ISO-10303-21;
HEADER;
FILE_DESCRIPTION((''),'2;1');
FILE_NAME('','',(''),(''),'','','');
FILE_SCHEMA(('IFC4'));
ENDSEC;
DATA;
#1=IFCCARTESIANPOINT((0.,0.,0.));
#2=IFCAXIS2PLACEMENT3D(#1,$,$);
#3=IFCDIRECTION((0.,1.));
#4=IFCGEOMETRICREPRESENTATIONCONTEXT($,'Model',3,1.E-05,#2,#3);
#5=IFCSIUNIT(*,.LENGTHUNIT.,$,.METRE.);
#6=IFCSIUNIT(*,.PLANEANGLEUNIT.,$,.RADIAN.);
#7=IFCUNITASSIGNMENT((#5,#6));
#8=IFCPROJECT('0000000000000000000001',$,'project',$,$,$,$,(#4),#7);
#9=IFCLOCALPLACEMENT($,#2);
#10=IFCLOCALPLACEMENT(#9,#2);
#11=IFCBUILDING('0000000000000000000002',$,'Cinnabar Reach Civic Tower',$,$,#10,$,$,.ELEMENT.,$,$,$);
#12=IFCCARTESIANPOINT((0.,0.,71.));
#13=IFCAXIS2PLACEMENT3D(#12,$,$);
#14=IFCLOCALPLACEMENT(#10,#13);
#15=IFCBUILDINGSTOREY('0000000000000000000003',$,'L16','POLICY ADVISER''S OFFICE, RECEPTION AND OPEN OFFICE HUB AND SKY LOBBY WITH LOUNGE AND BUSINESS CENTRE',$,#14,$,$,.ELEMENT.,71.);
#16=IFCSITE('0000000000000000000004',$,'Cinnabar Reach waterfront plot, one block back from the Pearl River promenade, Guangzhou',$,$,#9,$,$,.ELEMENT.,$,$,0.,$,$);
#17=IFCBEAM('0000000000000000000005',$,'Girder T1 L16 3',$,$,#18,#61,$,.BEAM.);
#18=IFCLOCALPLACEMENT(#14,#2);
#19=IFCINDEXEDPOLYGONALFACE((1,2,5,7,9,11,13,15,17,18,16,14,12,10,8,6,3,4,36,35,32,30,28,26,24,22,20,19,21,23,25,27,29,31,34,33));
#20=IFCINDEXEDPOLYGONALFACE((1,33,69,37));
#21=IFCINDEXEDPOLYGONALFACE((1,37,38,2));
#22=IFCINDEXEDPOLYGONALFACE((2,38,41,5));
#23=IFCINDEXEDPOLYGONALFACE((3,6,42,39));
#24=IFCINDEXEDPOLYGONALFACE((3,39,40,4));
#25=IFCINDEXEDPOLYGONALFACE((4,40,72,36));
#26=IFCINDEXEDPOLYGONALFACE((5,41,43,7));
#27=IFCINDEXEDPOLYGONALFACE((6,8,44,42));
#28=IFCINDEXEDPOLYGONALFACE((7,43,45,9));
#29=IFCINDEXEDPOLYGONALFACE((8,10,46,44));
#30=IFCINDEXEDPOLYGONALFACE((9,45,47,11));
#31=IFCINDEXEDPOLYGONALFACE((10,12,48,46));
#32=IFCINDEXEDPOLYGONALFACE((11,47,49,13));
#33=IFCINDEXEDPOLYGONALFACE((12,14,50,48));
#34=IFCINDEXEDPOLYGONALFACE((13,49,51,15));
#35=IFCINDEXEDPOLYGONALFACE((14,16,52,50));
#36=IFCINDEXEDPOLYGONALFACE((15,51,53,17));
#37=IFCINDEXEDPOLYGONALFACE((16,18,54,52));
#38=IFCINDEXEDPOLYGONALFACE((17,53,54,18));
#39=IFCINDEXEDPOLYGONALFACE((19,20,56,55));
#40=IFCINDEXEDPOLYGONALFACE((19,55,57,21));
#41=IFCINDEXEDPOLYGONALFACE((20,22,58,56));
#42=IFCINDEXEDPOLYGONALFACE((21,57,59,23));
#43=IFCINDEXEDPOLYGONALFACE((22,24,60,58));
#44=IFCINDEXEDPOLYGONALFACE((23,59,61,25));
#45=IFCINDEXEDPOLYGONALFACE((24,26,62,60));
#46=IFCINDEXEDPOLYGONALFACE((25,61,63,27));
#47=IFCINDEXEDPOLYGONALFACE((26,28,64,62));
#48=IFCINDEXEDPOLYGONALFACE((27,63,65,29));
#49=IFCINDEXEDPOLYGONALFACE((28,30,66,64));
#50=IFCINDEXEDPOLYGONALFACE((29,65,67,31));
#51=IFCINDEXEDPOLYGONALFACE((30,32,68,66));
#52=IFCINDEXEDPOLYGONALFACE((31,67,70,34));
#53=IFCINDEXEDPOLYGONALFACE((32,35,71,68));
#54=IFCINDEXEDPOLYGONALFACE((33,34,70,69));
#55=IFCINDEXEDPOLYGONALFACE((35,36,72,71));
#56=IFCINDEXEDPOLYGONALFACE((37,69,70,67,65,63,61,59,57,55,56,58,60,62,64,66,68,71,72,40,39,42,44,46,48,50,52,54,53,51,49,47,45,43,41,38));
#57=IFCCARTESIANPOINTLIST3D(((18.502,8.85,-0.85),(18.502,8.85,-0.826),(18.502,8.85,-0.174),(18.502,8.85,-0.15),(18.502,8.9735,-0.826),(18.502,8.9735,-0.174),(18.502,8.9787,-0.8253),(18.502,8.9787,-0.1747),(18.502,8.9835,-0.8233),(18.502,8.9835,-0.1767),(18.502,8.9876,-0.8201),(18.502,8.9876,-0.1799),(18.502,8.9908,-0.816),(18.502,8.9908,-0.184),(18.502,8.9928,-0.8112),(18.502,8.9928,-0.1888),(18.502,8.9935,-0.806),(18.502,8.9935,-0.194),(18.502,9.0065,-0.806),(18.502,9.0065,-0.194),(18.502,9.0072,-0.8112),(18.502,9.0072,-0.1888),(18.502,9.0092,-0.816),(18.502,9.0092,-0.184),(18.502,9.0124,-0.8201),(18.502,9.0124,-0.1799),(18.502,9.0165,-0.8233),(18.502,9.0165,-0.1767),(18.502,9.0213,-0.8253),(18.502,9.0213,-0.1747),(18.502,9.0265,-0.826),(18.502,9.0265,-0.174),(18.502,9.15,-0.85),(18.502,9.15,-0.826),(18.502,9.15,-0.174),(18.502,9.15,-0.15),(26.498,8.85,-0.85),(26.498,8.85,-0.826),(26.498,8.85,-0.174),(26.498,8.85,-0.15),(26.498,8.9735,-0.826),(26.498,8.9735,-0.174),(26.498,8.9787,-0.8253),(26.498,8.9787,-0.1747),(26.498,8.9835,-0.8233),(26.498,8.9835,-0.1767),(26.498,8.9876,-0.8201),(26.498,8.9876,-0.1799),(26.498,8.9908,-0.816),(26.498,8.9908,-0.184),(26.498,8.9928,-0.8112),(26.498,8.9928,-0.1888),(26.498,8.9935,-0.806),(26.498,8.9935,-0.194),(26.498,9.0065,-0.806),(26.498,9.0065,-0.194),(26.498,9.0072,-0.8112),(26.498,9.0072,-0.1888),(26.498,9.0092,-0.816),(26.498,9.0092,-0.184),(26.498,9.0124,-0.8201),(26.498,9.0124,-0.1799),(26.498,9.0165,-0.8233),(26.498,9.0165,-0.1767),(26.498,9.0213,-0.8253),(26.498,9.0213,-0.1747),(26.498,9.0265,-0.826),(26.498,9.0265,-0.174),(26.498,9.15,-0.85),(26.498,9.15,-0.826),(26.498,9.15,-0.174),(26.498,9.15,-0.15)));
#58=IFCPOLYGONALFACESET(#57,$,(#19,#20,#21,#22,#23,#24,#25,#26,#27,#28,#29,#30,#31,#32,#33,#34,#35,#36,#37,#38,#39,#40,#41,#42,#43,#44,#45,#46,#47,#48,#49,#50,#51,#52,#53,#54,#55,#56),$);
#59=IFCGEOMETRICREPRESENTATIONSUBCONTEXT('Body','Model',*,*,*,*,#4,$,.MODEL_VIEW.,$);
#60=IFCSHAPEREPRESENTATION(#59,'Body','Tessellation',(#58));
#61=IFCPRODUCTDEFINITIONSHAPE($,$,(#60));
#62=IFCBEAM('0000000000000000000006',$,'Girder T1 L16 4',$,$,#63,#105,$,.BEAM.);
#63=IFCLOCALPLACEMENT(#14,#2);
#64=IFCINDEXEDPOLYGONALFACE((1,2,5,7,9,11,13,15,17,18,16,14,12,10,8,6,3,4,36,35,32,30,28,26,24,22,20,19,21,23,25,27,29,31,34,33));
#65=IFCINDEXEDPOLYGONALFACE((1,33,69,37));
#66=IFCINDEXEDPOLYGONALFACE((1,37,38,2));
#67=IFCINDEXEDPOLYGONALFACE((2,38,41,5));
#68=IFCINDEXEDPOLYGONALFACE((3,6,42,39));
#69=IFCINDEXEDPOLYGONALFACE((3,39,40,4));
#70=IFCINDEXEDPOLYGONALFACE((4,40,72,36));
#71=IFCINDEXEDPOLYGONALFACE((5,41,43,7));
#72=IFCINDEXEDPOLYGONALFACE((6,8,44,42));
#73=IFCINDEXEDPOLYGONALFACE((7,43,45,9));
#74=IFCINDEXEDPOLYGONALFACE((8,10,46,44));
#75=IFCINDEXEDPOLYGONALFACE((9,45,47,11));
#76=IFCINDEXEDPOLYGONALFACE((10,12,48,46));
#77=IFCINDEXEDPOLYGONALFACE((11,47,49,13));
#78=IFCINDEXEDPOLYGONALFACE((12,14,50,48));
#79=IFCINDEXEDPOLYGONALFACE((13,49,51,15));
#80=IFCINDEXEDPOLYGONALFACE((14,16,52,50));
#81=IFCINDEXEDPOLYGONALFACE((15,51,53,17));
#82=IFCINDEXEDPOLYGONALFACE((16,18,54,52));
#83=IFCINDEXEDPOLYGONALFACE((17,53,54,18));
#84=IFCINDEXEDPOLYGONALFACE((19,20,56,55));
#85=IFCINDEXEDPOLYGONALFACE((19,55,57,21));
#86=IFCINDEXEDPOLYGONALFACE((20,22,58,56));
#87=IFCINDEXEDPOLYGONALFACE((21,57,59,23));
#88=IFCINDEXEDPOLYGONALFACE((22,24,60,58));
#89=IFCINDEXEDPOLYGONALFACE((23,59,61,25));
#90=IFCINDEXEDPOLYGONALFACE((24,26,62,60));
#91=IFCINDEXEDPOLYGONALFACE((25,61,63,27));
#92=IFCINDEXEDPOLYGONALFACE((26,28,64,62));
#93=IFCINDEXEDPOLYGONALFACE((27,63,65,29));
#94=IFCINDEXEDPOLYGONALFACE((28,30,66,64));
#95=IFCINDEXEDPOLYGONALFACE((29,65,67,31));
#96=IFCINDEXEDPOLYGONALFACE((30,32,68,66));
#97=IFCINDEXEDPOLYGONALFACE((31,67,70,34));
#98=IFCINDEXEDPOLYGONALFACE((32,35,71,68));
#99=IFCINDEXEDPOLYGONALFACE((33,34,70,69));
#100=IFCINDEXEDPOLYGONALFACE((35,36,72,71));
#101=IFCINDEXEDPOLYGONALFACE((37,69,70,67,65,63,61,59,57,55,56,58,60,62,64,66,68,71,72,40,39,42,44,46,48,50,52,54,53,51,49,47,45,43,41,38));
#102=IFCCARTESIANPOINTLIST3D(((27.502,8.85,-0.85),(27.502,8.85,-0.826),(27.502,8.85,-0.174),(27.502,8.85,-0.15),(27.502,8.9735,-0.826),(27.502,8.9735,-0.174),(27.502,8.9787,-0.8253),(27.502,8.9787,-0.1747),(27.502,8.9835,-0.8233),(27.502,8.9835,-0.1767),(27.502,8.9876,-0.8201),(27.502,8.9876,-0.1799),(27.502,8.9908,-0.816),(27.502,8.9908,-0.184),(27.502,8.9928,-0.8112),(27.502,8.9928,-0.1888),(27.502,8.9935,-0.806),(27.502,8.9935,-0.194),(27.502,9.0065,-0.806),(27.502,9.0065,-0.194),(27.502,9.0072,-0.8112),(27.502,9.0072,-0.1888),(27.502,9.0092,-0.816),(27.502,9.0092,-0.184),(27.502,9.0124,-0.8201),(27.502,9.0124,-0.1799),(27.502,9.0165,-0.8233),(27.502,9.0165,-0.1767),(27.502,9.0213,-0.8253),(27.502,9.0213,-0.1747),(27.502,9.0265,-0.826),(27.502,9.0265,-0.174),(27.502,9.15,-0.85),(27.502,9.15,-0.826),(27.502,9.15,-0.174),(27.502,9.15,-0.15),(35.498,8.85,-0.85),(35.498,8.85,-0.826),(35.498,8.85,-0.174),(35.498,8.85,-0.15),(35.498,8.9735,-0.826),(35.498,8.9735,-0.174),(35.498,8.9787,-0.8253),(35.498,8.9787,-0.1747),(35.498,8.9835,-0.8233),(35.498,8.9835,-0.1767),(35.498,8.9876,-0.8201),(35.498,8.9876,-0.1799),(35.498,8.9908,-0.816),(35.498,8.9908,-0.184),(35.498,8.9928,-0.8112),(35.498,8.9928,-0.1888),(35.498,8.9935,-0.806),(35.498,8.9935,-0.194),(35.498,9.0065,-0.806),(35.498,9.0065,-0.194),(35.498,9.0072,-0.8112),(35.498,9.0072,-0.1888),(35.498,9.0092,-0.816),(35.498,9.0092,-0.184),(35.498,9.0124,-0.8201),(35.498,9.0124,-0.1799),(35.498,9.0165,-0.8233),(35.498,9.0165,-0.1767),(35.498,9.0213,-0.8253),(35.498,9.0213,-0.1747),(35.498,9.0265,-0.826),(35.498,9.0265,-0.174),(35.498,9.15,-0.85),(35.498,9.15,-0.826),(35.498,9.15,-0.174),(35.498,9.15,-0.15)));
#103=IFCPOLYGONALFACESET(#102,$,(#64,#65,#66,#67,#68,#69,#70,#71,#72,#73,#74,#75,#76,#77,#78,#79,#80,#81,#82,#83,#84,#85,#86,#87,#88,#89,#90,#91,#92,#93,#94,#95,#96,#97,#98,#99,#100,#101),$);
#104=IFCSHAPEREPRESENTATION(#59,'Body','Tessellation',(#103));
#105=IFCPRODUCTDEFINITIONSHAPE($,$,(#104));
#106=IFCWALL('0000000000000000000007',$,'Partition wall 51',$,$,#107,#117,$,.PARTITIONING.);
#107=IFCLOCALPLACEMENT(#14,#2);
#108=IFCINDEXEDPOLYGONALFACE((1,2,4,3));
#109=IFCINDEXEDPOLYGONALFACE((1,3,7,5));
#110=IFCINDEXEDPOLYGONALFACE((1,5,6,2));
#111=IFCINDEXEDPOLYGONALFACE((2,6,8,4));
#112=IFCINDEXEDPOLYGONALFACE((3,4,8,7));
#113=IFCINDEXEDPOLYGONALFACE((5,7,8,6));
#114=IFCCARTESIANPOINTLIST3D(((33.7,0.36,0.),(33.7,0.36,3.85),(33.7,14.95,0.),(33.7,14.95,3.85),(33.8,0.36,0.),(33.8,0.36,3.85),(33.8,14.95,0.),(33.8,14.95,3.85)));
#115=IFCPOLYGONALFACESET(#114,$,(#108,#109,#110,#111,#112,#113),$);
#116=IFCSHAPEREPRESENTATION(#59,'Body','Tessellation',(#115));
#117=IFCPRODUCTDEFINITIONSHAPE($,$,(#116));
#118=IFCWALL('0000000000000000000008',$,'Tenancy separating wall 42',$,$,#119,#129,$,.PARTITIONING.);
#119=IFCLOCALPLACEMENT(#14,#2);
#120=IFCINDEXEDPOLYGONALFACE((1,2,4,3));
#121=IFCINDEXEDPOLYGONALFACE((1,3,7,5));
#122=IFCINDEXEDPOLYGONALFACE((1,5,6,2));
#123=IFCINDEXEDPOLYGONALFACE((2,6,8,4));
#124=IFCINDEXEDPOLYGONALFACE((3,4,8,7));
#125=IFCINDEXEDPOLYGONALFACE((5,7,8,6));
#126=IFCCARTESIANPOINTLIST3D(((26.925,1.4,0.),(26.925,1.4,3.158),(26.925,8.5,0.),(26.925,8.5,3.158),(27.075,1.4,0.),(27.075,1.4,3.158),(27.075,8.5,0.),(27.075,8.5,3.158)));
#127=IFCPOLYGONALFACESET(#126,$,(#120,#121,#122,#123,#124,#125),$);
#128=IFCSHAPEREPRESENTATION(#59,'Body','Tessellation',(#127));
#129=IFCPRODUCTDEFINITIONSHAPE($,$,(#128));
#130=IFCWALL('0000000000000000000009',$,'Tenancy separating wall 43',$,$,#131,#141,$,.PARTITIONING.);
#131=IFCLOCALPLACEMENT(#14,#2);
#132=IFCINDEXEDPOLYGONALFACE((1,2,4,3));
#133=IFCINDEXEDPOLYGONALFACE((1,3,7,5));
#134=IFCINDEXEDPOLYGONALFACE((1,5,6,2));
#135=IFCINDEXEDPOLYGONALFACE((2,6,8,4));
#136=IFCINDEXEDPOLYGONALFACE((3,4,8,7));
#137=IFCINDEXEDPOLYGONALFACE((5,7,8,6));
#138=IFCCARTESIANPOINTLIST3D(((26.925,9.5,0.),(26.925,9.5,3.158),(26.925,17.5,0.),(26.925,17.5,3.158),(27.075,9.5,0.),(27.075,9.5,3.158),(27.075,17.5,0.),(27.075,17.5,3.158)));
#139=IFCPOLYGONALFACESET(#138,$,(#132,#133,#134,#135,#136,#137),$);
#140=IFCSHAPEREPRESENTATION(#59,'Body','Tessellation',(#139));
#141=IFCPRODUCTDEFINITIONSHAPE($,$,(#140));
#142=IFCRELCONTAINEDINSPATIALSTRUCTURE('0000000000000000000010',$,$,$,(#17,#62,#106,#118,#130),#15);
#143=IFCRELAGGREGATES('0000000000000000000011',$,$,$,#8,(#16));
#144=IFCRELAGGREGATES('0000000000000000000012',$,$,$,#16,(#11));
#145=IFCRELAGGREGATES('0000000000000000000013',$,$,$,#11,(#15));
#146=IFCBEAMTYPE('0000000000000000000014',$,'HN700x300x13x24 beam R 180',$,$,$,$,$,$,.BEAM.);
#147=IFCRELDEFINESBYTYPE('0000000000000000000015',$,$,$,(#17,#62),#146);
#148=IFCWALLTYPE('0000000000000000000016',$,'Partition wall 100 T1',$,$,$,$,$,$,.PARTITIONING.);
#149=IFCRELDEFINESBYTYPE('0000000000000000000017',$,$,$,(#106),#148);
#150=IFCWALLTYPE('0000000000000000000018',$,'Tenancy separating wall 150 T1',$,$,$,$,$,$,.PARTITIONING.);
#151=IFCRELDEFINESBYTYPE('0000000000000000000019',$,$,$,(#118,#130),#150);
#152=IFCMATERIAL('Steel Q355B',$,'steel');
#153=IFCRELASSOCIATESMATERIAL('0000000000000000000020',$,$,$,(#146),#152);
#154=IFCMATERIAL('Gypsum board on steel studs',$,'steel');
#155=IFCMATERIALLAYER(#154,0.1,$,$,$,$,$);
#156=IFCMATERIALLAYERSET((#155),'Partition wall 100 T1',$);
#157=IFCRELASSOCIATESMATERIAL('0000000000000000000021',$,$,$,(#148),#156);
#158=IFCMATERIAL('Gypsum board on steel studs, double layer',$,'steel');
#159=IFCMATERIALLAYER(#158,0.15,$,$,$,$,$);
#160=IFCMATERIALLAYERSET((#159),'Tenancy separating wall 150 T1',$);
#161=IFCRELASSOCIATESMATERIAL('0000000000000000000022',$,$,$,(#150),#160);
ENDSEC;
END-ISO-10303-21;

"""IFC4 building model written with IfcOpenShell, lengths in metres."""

from ifc_helpers import new_model, si_unit, direction, frame, frame_2d, origin, origin_2d, place, context, subcontext, project, spatial, rectangle, i_section, extrude, material, layer, layer_set, material_profile, profile_set, type_object, element, save


model = new_model("IFC4")

# Units and contexts
model_context = context("Model", 3, precision=1e-05, world=origin(), true_north=direction((0.0, 1.0)))
body_context = subcontext(model_context, "Body", "Model", "MODEL_VIEW")
ifc_project = project(units=[si_unit("LENGTHUNIT", "METRE"), si_unit("PLANEANGLEUNIT", "RADIAN")], contexts=[model_context])

# Site, building, storey
site_placement = place(None, origin())
site = spatial("IfcSite", under=ifc_project, at=site_placement, Name="Cinnabar Reach waterfront plot, one block back from the Pearl River promenade, Guangzhou", CompositionType="ELEMENT", RefElevation=0.0)
building_placement = place(site_placement, origin())
building = spatial("IfcBuilding", under=site, at=building_placement, Name="Cinnabar Reach Civic Tower", CompositionType="ELEMENT")
storey_placement = place(building_placement, frame((0.0, 0.0, 71.0)))
storey = spatial("IfcBuildingStorey", under=building, at=storey_placement, Name="L16", Description="POLICY ADVISER'S OFFICE, RECEPTION AND OPEN OFFICE HUB AND SKY LOBBY WITH LOUNGE AND BUSINESS CENTRE", CompositionType="ELEMENT", Elevation=71.0)

# Beams
ifc_material_1 = material(Name="Steel Q355B", Category="steel")
ifc_material_profile_1 = material_profile(ifc_material_1, i_section(OverallWidth=0.3, OverallDepth=0.7, WebThickness=0.013, FlangeThickness=0.024, FilletRadius=0.02, at=origin_2d()), Name="HN700x300x13x24")
ifc_profile_set_1 = profile_set([ifc_material_profile_1], Name="Steel Q355B")
beam_type_1 = type_object("IfcBeamType", Name="HN700x300x13x24 beam R 180", PredefinedType="BEAM", material=ifc_profile_set_1)
for number, where, z_axis, x_axis, name in (
    (1, (18.502, 9.0, -0.5), (1.0, 0.0, 0.0), (0.0, 1.0, 0.0), "Girder T1 L16 3"),
    (2, (27.502, 9.0, -0.5), (1.0, 0.0, 0.0), (0.0, 1.0, 0.0), "Girder T1 L16 4"),
):
    element("IfcBeam", number, at=place(storey_placement, frame(where, z_axis=z_axis, x_axis=x_axis)), inside=storey, type_object=beam_type_1, Name=name, PredefinedType="BEAM", context=body_context, shape_type="SweptSolid", body=[
        extrude(i_section(OverallWidth=0.3, OverallDepth=0.7, WebThickness=0.013, FlangeThickness=0.024, FilletRadius=0.02, at=origin_2d()), origin(), (0.0, 0.0, 1.0), 7.996),
    ])

# Walls
ifc_material_2 = material(Name="Gypsum board on steel studs", Category="steel")
ifc_layer_1 = layer(ifc_material_2, 0.1)
ifc_layer_set_1 = layer_set([ifc_layer_1], Name="Partition wall 100 T1")
wall_type_1 = type_object("IfcWallType", Name="Partition wall 100 T1", PredefinedType="PARTITIONING", material=ifc_layer_set_1)
wall_1_placement = place(storey_placement, frame((33.75, 0.36, 0.0), z_axis=(0.0, 0.0, 1.0), x_axis=(0.0, 1.0, 0.0)))
element("IfcWall", 3, at=wall_1_placement, inside=storey, type_object=wall_type_1, Name="Partition wall 51", PredefinedType="PARTITIONING", context=body_context, shape_type="SweptSolid", body=[
    extrude(rectangle(XDim=14.59, YDim=0.1, at=frame_2d((7.295, 0.0))), origin(), (0.0, 0.0, 1.0), 3.85),
])
ifc_material_3 = material(Name="Gypsum board on steel studs, double layer", Category="steel")
ifc_layer_2 = layer(ifc_material_3, 0.15)
ifc_layer_set_2 = layer_set([ifc_layer_2], Name="Tenancy separating wall 150 T1")
wall_type_2 = type_object("IfcWallType", Name="Tenancy separating wall 150 T1", PredefinedType="PARTITIONING", material=ifc_layer_set_2)
wall_2_placement = place(storey_placement, frame((27.0, 1.4, 0.0), z_axis=(0.0, 0.0, 1.0), x_axis=(0.0, 1.0, 0.0)))
element("IfcWall", 4, at=wall_2_placement, inside=storey, type_object=wall_type_2, Name="Tenancy separating wall 42", PredefinedType="PARTITIONING", context=body_context, shape_type="SweptSolid", body=[
    extrude(rectangle(XDim=7.1, YDim=0.15, at=frame_2d((3.55, 0.0))), origin(), (0.0, 0.0, 1.0), 3.158),
])
wall_3_placement = place(storey_placement, frame((27.0, 9.5, 0.0), z_axis=(0.0, 0.0, 1.0), x_axis=(0.0, 1.0, 0.0)))
element("IfcWall", 5, at=wall_3_placement, inside=storey, type_object=wall_type_2, Name="Tenancy separating wall 43", PredefinedType="PARTITIONING", context=body_context, shape_type="SweptSolid", body=[
    extrude(rectangle(XDim=8.0, YDim=0.15, at=frame_2d((4.0, 0.0))), origin(), (0.0, 0.0, 1.0), 3.158),
])

save(model, "model.ifc")
